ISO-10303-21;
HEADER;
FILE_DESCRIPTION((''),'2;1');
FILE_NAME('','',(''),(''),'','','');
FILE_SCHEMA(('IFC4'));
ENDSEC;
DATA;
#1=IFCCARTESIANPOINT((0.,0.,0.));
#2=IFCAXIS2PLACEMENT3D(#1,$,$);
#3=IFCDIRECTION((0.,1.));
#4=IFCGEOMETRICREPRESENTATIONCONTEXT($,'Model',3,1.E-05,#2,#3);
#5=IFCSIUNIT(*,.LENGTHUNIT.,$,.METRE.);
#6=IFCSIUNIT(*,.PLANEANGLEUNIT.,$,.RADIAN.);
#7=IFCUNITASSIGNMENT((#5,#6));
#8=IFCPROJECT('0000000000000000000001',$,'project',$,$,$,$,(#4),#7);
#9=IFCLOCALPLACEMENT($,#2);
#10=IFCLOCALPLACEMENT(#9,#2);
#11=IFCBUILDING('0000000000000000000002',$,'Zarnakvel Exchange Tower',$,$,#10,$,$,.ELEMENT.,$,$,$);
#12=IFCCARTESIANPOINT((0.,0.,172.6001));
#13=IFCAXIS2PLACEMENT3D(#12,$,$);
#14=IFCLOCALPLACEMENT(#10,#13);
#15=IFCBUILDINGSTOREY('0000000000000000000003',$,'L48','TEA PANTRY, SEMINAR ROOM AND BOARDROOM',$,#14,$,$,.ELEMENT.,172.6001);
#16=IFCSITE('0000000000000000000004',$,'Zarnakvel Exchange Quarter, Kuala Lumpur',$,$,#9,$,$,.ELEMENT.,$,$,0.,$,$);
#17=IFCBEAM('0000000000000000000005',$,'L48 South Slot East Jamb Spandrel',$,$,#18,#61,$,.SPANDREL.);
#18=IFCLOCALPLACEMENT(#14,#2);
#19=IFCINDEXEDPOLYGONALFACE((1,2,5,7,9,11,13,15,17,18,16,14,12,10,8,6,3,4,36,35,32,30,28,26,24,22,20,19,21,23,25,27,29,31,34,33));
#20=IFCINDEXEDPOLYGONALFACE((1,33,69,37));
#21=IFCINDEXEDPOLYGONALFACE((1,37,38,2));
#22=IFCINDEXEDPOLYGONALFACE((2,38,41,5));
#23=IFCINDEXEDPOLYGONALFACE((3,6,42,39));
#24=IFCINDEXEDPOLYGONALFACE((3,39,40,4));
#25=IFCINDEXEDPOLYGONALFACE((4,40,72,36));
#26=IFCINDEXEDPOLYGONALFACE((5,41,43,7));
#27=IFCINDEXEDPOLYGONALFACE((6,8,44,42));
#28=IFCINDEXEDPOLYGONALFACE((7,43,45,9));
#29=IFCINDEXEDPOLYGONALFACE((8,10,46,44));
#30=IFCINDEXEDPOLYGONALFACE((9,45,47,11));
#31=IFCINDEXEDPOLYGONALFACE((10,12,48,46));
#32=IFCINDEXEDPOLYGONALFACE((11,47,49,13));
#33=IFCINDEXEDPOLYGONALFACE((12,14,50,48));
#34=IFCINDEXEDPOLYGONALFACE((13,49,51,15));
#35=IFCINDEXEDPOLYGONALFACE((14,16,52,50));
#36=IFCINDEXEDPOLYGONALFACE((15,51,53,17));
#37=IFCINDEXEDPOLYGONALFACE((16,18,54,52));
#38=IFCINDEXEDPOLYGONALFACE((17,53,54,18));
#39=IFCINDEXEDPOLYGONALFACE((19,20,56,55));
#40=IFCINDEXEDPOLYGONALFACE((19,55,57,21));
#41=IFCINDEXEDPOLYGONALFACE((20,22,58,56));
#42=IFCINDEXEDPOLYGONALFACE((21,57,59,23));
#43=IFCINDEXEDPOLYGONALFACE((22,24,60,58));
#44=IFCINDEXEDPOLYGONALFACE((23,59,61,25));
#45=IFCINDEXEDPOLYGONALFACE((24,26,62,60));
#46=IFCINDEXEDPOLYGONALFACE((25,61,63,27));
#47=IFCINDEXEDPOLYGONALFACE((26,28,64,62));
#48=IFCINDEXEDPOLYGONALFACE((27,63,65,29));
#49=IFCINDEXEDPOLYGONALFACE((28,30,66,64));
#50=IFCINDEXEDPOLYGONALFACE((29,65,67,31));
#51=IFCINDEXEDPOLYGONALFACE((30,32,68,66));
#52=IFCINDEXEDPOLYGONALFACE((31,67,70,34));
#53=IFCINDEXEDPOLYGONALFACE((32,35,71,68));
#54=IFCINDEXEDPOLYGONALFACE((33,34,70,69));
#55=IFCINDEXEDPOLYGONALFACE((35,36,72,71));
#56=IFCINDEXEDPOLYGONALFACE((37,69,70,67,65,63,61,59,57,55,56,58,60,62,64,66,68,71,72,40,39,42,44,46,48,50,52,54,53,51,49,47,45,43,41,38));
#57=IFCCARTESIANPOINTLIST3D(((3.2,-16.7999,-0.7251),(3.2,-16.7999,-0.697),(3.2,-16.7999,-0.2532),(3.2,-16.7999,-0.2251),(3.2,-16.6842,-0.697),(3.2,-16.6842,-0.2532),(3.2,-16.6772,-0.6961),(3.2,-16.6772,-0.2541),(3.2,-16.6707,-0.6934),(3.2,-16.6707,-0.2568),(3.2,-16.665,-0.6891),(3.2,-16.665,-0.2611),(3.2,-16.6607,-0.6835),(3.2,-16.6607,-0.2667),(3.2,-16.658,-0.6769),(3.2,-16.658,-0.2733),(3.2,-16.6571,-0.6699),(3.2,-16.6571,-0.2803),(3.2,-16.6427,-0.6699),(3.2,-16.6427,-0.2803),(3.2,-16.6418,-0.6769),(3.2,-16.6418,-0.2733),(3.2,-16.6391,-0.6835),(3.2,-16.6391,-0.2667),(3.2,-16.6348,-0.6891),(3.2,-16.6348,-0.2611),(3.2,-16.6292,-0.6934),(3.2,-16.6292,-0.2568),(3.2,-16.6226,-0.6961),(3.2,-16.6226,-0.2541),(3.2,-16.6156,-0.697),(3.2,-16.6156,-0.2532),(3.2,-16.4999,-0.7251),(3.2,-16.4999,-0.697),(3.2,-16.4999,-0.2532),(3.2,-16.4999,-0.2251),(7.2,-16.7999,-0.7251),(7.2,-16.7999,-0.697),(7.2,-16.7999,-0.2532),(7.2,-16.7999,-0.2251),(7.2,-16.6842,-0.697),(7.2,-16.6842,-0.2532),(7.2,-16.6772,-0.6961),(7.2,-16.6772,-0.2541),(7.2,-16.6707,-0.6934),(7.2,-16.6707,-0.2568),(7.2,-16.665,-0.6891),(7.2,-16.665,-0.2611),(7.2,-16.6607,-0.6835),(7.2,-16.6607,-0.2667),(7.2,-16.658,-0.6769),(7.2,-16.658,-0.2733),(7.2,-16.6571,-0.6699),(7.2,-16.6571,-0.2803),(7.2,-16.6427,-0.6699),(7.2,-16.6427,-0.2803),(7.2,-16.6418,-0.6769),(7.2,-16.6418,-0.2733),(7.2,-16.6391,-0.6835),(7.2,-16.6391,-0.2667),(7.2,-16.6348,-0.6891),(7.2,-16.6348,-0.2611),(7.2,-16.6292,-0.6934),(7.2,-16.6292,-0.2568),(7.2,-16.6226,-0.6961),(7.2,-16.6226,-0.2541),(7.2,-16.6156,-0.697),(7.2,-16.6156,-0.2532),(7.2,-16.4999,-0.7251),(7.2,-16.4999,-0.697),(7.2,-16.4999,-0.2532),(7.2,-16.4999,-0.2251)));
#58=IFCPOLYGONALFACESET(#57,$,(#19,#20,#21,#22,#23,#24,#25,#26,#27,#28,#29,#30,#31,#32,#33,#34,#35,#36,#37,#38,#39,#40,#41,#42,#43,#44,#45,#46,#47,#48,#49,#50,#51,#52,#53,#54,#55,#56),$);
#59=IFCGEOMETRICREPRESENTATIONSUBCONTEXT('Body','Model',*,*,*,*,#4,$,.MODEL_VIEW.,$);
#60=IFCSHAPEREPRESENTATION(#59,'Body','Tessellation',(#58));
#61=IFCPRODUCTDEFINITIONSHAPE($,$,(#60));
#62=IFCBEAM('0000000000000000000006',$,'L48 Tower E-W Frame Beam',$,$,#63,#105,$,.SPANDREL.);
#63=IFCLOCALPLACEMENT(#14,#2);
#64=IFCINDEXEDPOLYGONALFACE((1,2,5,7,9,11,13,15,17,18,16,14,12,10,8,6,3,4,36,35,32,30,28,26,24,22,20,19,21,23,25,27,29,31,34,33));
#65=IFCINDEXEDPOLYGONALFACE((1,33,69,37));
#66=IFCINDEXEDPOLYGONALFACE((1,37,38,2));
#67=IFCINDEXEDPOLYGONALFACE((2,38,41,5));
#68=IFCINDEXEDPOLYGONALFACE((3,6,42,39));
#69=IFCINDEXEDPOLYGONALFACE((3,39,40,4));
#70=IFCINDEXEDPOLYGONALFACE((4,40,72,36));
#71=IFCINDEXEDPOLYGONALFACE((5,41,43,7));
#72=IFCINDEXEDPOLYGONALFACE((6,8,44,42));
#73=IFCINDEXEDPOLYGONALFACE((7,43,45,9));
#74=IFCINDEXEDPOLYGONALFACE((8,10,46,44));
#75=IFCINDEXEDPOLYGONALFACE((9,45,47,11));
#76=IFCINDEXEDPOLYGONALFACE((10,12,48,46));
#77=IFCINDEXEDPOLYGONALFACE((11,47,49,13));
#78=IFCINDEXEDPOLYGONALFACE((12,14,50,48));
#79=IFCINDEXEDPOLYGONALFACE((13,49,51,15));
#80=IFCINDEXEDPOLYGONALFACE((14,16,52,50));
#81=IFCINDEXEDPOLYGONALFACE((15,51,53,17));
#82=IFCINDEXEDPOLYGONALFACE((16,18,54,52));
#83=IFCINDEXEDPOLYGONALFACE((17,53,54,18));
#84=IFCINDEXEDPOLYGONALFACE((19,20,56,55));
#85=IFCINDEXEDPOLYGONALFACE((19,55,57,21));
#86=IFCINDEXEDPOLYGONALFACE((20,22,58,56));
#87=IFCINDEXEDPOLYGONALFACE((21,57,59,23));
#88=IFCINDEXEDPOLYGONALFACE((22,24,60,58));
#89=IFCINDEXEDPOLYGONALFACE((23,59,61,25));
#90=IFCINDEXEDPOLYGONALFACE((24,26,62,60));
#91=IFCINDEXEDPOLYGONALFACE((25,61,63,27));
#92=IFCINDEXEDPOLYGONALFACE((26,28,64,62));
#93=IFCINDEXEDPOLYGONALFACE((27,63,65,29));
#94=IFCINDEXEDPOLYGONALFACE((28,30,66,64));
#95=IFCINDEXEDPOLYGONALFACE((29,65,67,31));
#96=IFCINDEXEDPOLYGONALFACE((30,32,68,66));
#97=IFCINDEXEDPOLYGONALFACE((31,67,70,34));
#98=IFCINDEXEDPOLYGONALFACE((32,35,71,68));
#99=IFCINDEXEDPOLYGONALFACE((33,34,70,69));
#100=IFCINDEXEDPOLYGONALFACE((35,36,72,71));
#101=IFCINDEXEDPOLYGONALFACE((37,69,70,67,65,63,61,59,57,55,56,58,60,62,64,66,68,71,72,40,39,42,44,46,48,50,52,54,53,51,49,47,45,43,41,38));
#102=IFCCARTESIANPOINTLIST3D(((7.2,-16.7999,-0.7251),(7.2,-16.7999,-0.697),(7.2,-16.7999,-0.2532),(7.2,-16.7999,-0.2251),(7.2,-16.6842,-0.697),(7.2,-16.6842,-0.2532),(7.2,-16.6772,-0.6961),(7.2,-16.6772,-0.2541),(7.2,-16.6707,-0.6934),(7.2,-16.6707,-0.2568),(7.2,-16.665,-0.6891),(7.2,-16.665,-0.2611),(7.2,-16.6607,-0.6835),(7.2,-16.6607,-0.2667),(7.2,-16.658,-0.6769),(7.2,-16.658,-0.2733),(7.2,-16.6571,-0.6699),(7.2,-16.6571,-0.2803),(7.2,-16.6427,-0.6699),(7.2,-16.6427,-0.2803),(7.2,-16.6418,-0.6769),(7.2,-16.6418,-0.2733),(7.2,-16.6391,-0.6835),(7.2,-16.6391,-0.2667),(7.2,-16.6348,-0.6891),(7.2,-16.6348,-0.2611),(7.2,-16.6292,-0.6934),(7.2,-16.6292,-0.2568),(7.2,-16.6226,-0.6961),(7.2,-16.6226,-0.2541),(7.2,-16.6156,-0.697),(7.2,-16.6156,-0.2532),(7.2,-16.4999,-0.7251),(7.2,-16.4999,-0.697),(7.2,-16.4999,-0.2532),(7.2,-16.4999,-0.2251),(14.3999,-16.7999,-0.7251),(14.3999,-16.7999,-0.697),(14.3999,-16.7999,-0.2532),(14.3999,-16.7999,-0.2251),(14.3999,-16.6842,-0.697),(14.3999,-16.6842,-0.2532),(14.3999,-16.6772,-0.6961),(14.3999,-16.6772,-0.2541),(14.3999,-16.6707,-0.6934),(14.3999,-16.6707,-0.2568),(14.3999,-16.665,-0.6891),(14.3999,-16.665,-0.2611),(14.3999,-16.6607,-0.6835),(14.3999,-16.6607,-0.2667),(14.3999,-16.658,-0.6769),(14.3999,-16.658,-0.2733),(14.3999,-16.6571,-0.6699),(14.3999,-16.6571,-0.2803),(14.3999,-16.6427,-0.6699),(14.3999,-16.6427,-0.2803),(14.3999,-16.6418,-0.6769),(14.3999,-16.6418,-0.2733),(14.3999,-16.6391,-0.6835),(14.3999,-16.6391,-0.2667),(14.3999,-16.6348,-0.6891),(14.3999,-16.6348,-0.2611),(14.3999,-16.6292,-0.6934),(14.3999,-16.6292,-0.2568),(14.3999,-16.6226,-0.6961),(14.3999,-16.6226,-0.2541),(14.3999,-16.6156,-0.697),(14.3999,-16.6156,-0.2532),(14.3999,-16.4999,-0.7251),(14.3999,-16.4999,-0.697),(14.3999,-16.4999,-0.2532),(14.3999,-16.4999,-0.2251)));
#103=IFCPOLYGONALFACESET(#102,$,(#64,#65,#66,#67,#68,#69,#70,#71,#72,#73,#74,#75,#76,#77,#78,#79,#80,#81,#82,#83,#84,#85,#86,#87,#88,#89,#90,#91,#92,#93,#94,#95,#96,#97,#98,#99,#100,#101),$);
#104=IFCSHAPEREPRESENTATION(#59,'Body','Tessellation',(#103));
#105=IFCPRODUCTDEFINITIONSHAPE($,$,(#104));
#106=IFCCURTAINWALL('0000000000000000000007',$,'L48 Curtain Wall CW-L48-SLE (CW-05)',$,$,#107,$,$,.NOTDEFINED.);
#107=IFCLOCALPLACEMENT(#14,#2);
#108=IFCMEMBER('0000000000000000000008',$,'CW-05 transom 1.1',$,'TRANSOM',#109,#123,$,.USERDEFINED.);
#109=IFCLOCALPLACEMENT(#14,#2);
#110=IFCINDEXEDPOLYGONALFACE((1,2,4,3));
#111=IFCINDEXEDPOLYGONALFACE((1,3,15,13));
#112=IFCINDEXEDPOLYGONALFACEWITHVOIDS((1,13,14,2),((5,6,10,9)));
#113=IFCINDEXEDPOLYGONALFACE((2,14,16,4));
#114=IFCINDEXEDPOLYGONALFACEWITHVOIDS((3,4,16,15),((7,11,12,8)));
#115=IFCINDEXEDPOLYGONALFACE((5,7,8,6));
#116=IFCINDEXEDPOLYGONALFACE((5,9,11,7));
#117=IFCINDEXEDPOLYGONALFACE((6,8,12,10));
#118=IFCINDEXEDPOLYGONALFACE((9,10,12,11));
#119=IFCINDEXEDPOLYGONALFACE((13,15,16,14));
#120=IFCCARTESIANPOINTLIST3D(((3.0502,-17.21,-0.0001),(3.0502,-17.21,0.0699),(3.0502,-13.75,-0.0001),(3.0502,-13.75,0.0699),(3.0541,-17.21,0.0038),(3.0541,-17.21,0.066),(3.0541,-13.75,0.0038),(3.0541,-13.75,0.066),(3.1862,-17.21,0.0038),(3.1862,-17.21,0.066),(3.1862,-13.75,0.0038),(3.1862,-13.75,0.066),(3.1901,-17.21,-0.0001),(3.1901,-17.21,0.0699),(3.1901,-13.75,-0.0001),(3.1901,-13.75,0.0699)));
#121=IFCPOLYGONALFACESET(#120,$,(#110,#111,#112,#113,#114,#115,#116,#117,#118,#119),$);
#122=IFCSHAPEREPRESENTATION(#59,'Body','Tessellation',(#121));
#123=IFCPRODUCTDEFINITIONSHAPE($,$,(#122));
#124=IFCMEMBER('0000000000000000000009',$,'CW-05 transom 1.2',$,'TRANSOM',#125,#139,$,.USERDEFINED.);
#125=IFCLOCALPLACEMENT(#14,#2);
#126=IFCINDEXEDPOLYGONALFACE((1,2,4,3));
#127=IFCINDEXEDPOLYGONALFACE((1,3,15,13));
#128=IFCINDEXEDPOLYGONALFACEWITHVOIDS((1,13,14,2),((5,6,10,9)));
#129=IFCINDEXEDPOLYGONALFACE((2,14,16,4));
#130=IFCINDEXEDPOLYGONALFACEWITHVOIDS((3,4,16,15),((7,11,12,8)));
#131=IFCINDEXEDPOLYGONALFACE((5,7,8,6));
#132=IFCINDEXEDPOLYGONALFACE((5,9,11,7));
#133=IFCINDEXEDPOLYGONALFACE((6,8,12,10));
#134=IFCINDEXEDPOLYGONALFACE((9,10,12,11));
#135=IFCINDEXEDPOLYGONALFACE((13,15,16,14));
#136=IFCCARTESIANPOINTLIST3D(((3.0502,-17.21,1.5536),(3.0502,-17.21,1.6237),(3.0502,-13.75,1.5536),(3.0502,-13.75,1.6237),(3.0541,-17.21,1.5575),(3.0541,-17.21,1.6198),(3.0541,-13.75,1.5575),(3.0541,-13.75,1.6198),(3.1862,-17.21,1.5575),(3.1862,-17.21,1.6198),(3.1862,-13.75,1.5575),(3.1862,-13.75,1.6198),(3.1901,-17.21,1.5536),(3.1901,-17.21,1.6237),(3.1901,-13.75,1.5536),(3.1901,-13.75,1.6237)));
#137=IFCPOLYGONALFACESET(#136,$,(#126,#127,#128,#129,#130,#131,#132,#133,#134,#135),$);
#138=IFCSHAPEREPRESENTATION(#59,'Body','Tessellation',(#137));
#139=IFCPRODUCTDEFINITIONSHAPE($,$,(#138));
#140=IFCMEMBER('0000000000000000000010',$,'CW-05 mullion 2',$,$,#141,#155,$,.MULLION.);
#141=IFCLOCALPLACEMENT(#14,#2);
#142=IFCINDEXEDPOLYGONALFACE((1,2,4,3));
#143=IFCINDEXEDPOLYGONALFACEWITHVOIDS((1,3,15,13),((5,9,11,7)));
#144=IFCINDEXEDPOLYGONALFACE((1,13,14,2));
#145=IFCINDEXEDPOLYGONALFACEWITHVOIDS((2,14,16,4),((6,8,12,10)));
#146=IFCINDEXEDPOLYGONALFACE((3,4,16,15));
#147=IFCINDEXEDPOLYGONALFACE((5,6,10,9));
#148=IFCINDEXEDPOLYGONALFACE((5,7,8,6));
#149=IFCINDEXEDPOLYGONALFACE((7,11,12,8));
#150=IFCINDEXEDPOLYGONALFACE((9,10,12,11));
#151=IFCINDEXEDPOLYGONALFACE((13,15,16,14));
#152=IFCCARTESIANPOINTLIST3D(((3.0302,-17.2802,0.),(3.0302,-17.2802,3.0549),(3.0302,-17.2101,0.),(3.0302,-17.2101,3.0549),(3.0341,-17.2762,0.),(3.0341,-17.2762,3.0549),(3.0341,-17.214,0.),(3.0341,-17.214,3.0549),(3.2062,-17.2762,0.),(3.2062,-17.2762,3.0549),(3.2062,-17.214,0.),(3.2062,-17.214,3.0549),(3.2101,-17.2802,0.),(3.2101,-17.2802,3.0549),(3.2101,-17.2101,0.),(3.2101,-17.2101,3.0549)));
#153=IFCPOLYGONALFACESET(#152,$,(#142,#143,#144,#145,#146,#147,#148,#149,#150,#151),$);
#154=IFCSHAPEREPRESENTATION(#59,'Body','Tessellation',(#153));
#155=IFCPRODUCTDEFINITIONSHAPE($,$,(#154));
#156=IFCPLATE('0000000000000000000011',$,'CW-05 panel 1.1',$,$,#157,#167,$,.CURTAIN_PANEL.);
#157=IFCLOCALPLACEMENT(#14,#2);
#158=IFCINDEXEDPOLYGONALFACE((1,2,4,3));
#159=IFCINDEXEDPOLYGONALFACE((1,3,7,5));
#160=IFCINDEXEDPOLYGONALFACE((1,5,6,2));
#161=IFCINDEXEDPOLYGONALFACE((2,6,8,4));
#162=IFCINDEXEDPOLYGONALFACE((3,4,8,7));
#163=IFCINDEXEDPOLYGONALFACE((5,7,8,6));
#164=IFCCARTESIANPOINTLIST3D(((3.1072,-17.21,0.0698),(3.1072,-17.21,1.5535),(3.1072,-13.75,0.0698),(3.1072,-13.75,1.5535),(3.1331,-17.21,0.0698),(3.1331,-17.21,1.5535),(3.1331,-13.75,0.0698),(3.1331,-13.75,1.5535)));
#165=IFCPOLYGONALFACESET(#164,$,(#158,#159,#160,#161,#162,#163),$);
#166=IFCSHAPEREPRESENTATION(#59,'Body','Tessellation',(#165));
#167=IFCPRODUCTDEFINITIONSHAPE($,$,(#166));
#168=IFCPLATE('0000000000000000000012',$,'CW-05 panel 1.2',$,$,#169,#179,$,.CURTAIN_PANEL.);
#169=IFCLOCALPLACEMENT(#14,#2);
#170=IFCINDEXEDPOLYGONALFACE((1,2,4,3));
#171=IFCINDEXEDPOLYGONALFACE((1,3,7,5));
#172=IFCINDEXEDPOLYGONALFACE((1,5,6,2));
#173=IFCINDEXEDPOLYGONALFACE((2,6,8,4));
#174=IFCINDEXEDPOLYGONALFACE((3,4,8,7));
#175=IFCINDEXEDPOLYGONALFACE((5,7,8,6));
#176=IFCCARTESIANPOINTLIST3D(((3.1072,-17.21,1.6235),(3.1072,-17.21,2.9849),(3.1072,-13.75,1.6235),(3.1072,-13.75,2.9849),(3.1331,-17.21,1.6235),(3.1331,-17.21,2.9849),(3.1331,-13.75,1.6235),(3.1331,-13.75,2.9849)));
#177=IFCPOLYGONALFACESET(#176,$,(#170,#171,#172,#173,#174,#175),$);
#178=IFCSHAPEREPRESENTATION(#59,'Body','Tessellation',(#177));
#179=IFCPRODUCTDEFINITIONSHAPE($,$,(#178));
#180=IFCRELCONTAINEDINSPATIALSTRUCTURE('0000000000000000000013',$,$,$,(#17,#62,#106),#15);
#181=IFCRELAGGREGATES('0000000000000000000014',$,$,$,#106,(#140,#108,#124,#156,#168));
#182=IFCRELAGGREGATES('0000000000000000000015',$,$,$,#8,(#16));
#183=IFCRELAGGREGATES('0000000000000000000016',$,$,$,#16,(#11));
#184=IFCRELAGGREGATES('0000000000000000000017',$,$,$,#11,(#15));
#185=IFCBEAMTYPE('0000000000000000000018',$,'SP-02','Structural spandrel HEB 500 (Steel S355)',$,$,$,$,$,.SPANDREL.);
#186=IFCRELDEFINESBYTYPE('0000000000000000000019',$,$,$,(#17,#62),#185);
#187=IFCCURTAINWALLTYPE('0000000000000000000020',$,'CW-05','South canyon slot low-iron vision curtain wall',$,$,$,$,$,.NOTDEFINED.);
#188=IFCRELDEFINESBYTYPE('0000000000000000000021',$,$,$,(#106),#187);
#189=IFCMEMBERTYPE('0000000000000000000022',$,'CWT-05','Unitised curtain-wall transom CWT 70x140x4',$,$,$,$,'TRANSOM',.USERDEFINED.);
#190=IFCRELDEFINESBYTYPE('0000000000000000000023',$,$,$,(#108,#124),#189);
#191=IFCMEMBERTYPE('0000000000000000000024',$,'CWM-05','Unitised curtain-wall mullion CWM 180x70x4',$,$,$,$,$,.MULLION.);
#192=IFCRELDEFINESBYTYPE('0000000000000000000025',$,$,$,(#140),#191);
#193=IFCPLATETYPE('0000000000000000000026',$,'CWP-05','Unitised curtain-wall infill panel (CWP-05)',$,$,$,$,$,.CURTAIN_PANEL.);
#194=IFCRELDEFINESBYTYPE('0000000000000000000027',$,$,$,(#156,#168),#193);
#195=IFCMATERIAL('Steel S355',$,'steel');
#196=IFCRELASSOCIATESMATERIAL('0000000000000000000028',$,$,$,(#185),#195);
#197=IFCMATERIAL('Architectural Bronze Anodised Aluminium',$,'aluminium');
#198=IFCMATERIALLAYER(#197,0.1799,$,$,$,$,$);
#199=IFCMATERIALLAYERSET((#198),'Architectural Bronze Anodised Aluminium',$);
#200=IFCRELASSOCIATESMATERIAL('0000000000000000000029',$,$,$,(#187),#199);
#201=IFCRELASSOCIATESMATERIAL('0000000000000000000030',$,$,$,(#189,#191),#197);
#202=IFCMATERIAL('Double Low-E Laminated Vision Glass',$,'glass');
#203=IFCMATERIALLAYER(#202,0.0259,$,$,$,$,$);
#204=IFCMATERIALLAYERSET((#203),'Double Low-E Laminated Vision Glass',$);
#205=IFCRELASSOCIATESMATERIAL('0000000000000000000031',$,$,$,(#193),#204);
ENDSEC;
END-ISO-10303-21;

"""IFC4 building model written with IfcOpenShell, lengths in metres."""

from ifc_helpers import new_model, si_unit, direction, frame, origin, origin_2d, place, context, subcontext, project, spatial, rectangle, hollow_rectangle, i_section, extrude, source, transform, mapped, material, layer, layer_set, material_profile, profile_set, type_object, element, aggregate, save


model = new_model("IFC4")

# Units and contexts
model_context = context("Model", 3, precision=1e-05, world=origin(), true_north=direction((0.0, 1.0)))
body_context = subcontext(model_context, "Body", "Model", "MODEL_VIEW")
ifc_project = project(units=[si_unit("LENGTHUNIT", "METRE"), si_unit("PLANEANGLEUNIT", "RADIAN")], contexts=[model_context])

# Site, building, storey
site_placement = place(None, origin())
site = spatial("IfcSite", under=ifc_project, at=site_placement, Name="Zarnakvel Exchange Quarter, Kuala Lumpur", CompositionType="ELEMENT", RefElevation=0.0)
building_placement = place(site_placement, origin())
building = spatial("IfcBuilding", under=site, at=building_placement, Name="Zarnakvel Exchange Tower", CompositionType="ELEMENT")
storey_placement = place(building_placement, frame((0.0, 0.0, 172.6001)))
storey = spatial("IfcBuildingStorey", under=building, at=storey_placement, Name="L48", Description="TEA PANTRY, SEMINAR ROOM AND BOARDROOM", CompositionType="ELEMENT", Elevation=172.6001)

# Beams
ifc_material_1 = material(Name="Steel S355", Category="steel")
ifc_material_profile_1 = material_profile(ifc_material_1, i_section(OverallWidth=0.3, OverallDepth=0.5, WebThickness=0.0144, FlangeThickness=0.0281, FilletRadius=0.0271, at=origin_2d()))
ifc_profile_set_1 = profile_set([ifc_material_profile_1], Name="Steel S355")
beam_type_1 = type_object("IfcBeamType", Name="SP-02", Description="Structural spandrel HEB 500 (Steel S355)", PredefinedType="SPANDREL", material=ifc_profile_set_1)
beam_1_placement = place(storey_placement, frame((3.2, -16.6499, -0.4751), z_axis=(1.0, 0.0, 0.0), x_axis=(0.0, 1.0, 0.0)))
element("IfcBeam", 1, at=beam_1_placement, inside=storey, type_object=beam_type_1, Name="L48 South Slot East Jamb Spandrel", PredefinedType="SPANDREL", context=body_context, shape_type="SweptSolid", body=[
    extrude(i_section(OverallWidth=0.3, OverallDepth=0.5, WebThickness=0.0144, FlangeThickness=0.0281, FilletRadius=0.0271, at=origin_2d()), origin(), (0.0, 0.0, 1.0), 4.0),
])
beam_2_placement = place(storey_placement, frame((7.2, -16.6499, -0.4751), z_axis=(1.0, 0.0, 0.0), x_axis=(0.0, 1.0, 0.0)))
element("IfcBeam", 2, at=beam_2_placement, inside=storey, type_object=beam_type_1, Name="L48 Tower E-W Frame Beam", PredefinedType="SPANDREL", context=body_context, shape_type="SweptSolid", body=[
    extrude(i_section(OverallWidth=0.3, OverallDepth=0.5, WebThickness=0.0144, FlangeThickness=0.0281, FilletRadius=0.0271, at=origin_2d()), origin(), (0.0, 0.0, 1.0), 7.2),
])

# Curtain wall, members, plates
ifc_material_2 = material(Name="Architectural Bronze Anodised Aluminium", Category="aluminium")
ifc_layer_1 = layer(ifc_material_2, 0.1799)
ifc_layer_set_1 = layer_set([ifc_layer_1], Name="Architectural Bronze Anodised Aluminium")
curtain_wall_type = type_object("IfcCurtainWallType", Name="CW-05", Description="South canyon slot low-iron vision curtain wall", PredefinedType="NOTDEFINED", material=ifc_layer_set_1)
curtain_wall_placement = place(storey_placement, origin())
curtain_wall = element("IfcCurtainWall", 3, at=curtain_wall_placement, inside=storey, type_object=curtain_wall_type, Name="L48 Curtain Wall CW-L48-SLE (CW-05)", PredefinedType="NOTDEFINED")
ifc_material_profile_2 = material_profile(ifc_material_2, hollow_rectangle(XDim=0.1399, YDim=0.0701, WallThickness=0.0039, at=origin_2d()))
ifc_profile_set_2 = profile_set([ifc_material_profile_2], Name="Architectural Bronze Anodised Aluminium")
member_type_1 = type_object("IfcMemberType", Name="CWT-05", Description="Unitised curtain-wall transom CWT 70x140x4", ElementType="TRANSOM", PredefinedType="USERDEFINED", material=ifc_profile_set_2)
shared_shape_1 = source(origin(), body_context, "Body", "SweptSolid", [
    extrude(hollow_rectangle(XDim=0.1399, YDim=0.0701, WallThickness=0.0039, at=origin_2d()), origin(), (0.0, 0.0, 1.0), 3.46),
])
member_1_placement = place(storey_placement, frame((3.1201, -13.75, 0.0349), z_axis=(0.0, -1.0, 0.0), x_axis=(1.0, 0.0, 0.0)))
member_1 = element("IfcMember", 4, at=member_1_placement, type_object=member_type_1, Name="CW-05 transom 1.1", ObjectType="TRANSOM", PredefinedType="USERDEFINED", context=body_context, shape_type="MappedRepresentation", body=[
    mapped(shared_shape_1, transform((0.0, 0.0, 0.0), x_axis=(1.0, 0.0, 0.0), y_axis=(0.0, 1.0, 0.0), z_axis=(0.0, 0.0, 1.0), scale=1.0)),
])
member_2_placement = place(storey_placement, frame((3.1201, -13.75, 1.5886), z_axis=(0.0, -1.0, 0.0), x_axis=(1.0, 0.0, 0.0)))
member_2 = element("IfcMember", 5, at=member_2_placement, type_object=member_type_1, Name="CW-05 transom 1.2", ObjectType="TRANSOM", PredefinedType="USERDEFINED", context=body_context, shape_type="MappedRepresentation", body=[
    mapped(shared_shape_1, transform((0.0, 0.0, 0.0), x_axis=(1.0, 0.0, 0.0), y_axis=(0.0, 1.0, 0.0), z_axis=(0.0, 0.0, 1.0), scale=1.0)),
])
ifc_material_profile_3 = material_profile(ifc_material_2, hollow_rectangle(XDim=0.1799, YDim=0.0701, WallThickness=0.0039, at=origin_2d()))
ifc_profile_set_3 = profile_set([ifc_material_profile_3], Name="Architectural Bronze Anodised Aluminium")
member_type_2 = type_object("IfcMemberType", Name="CWM-05", Description="Unitised curtain-wall mullion CWM 180x70x4", PredefinedType="MULLION", material=ifc_profile_set_3)
shared_shape_2 = source(origin(), body_context, "Body", "SweptSolid", [
    extrude(hollow_rectangle(XDim=0.1799, YDim=0.0701, WallThickness=0.0039, at=origin_2d()), origin(), (0.0, 0.0, 1.0), 3.0549),
])
member_3_placement = place(storey_placement, frame((3.1201, -17.2451, 0.0), z_axis=(0.0, 0.0, 1.0), x_axis=(1.0, 0.0, 0.0)))
member_3 = element("IfcMember", 6, at=member_3_placement, type_object=member_type_2, Name="CW-05 mullion 2", PredefinedType="MULLION", context=body_context, shape_type="MappedRepresentation", body=[
    mapped(shared_shape_2, transform((0.0, 0.0, 0.0), x_axis=(1.0, 0.0, 0.0), y_axis=(0.0, 1.0, 0.0), z_axis=(0.0, 0.0, 1.0), scale=1.0)),
])
ifc_material_3 = material(Name="Double Low-E Laminated Vision Glass", Category="glass")
ifc_layer_2 = layer(ifc_material_3, 0.0259)
ifc_layer_set_2 = layer_set([ifc_layer_2], Name="Double Low-E Laminated Vision Glass")
plate_type = type_object("IfcPlateType", Name="CWP-05", Description="Unitised curtain-wall infill panel (CWP-05)", PredefinedType="CURTAIN_PANEL", material=ifc_layer_set_2)
shared_shape_3 = source(origin(), body_context, "Body", "SweptSolid", [
    extrude(rectangle(XDim=3.46, YDim=0.0259, at=origin_2d()), origin(), (0.0, 0.0, 1.0), 1.4836),
])
plate_1_placement = place(storey_placement, frame((3.1201, -15.48, 0.0698), z_axis=(0.0, 0.0, 1.0), x_axis=(0.0, -1.0, 0.0)))
plate_1 = element("IfcPlate", 7, at=plate_1_placement, type_object=plate_type, Name="CW-05 panel 1.1", PredefinedType="CURTAIN_PANEL", context=body_context, shape_type="MappedRepresentation", body=[
    mapped(shared_shape_3, transform((0.0, 0.0, 0.0), x_axis=(1.0, 0.0, 0.0), y_axis=(0.0, 1.0, 0.0), z_axis=(0.0, 0.0, 1.0), scale=1.0)),
])
shared_shape_4 = source(origin(), body_context, "Body", "SweptSolid", [
    extrude(rectangle(XDim=3.46, YDim=0.0259, at=origin_2d()), origin(), (0.0, 0.0, 1.0), 1.3613),
])
plate_2_placement = place(storey_placement, frame((3.1201, -15.48, 1.6235), z_axis=(0.0, 0.0, 1.0), x_axis=(0.0, -1.0, 0.0)))
plate_2 = element("IfcPlate", 8, at=plate_2_placement, type_object=plate_type, Name="CW-05 panel 1.2", PredefinedType="CURTAIN_PANEL", context=body_context, shape_type="MappedRepresentation", body=[
    mapped(shared_shape_4, transform((0.0, 0.0, 0.0), x_axis=(1.0, 0.0, 0.0), y_axis=(0.0, 1.0, 0.0), z_axis=(0.0, 0.0, 1.0), scale=1.0)),
])
aggregate(curtain_wall, [member_3, member_1, member_2, plate_1, plate_2])

save(model, "model.ifc")
